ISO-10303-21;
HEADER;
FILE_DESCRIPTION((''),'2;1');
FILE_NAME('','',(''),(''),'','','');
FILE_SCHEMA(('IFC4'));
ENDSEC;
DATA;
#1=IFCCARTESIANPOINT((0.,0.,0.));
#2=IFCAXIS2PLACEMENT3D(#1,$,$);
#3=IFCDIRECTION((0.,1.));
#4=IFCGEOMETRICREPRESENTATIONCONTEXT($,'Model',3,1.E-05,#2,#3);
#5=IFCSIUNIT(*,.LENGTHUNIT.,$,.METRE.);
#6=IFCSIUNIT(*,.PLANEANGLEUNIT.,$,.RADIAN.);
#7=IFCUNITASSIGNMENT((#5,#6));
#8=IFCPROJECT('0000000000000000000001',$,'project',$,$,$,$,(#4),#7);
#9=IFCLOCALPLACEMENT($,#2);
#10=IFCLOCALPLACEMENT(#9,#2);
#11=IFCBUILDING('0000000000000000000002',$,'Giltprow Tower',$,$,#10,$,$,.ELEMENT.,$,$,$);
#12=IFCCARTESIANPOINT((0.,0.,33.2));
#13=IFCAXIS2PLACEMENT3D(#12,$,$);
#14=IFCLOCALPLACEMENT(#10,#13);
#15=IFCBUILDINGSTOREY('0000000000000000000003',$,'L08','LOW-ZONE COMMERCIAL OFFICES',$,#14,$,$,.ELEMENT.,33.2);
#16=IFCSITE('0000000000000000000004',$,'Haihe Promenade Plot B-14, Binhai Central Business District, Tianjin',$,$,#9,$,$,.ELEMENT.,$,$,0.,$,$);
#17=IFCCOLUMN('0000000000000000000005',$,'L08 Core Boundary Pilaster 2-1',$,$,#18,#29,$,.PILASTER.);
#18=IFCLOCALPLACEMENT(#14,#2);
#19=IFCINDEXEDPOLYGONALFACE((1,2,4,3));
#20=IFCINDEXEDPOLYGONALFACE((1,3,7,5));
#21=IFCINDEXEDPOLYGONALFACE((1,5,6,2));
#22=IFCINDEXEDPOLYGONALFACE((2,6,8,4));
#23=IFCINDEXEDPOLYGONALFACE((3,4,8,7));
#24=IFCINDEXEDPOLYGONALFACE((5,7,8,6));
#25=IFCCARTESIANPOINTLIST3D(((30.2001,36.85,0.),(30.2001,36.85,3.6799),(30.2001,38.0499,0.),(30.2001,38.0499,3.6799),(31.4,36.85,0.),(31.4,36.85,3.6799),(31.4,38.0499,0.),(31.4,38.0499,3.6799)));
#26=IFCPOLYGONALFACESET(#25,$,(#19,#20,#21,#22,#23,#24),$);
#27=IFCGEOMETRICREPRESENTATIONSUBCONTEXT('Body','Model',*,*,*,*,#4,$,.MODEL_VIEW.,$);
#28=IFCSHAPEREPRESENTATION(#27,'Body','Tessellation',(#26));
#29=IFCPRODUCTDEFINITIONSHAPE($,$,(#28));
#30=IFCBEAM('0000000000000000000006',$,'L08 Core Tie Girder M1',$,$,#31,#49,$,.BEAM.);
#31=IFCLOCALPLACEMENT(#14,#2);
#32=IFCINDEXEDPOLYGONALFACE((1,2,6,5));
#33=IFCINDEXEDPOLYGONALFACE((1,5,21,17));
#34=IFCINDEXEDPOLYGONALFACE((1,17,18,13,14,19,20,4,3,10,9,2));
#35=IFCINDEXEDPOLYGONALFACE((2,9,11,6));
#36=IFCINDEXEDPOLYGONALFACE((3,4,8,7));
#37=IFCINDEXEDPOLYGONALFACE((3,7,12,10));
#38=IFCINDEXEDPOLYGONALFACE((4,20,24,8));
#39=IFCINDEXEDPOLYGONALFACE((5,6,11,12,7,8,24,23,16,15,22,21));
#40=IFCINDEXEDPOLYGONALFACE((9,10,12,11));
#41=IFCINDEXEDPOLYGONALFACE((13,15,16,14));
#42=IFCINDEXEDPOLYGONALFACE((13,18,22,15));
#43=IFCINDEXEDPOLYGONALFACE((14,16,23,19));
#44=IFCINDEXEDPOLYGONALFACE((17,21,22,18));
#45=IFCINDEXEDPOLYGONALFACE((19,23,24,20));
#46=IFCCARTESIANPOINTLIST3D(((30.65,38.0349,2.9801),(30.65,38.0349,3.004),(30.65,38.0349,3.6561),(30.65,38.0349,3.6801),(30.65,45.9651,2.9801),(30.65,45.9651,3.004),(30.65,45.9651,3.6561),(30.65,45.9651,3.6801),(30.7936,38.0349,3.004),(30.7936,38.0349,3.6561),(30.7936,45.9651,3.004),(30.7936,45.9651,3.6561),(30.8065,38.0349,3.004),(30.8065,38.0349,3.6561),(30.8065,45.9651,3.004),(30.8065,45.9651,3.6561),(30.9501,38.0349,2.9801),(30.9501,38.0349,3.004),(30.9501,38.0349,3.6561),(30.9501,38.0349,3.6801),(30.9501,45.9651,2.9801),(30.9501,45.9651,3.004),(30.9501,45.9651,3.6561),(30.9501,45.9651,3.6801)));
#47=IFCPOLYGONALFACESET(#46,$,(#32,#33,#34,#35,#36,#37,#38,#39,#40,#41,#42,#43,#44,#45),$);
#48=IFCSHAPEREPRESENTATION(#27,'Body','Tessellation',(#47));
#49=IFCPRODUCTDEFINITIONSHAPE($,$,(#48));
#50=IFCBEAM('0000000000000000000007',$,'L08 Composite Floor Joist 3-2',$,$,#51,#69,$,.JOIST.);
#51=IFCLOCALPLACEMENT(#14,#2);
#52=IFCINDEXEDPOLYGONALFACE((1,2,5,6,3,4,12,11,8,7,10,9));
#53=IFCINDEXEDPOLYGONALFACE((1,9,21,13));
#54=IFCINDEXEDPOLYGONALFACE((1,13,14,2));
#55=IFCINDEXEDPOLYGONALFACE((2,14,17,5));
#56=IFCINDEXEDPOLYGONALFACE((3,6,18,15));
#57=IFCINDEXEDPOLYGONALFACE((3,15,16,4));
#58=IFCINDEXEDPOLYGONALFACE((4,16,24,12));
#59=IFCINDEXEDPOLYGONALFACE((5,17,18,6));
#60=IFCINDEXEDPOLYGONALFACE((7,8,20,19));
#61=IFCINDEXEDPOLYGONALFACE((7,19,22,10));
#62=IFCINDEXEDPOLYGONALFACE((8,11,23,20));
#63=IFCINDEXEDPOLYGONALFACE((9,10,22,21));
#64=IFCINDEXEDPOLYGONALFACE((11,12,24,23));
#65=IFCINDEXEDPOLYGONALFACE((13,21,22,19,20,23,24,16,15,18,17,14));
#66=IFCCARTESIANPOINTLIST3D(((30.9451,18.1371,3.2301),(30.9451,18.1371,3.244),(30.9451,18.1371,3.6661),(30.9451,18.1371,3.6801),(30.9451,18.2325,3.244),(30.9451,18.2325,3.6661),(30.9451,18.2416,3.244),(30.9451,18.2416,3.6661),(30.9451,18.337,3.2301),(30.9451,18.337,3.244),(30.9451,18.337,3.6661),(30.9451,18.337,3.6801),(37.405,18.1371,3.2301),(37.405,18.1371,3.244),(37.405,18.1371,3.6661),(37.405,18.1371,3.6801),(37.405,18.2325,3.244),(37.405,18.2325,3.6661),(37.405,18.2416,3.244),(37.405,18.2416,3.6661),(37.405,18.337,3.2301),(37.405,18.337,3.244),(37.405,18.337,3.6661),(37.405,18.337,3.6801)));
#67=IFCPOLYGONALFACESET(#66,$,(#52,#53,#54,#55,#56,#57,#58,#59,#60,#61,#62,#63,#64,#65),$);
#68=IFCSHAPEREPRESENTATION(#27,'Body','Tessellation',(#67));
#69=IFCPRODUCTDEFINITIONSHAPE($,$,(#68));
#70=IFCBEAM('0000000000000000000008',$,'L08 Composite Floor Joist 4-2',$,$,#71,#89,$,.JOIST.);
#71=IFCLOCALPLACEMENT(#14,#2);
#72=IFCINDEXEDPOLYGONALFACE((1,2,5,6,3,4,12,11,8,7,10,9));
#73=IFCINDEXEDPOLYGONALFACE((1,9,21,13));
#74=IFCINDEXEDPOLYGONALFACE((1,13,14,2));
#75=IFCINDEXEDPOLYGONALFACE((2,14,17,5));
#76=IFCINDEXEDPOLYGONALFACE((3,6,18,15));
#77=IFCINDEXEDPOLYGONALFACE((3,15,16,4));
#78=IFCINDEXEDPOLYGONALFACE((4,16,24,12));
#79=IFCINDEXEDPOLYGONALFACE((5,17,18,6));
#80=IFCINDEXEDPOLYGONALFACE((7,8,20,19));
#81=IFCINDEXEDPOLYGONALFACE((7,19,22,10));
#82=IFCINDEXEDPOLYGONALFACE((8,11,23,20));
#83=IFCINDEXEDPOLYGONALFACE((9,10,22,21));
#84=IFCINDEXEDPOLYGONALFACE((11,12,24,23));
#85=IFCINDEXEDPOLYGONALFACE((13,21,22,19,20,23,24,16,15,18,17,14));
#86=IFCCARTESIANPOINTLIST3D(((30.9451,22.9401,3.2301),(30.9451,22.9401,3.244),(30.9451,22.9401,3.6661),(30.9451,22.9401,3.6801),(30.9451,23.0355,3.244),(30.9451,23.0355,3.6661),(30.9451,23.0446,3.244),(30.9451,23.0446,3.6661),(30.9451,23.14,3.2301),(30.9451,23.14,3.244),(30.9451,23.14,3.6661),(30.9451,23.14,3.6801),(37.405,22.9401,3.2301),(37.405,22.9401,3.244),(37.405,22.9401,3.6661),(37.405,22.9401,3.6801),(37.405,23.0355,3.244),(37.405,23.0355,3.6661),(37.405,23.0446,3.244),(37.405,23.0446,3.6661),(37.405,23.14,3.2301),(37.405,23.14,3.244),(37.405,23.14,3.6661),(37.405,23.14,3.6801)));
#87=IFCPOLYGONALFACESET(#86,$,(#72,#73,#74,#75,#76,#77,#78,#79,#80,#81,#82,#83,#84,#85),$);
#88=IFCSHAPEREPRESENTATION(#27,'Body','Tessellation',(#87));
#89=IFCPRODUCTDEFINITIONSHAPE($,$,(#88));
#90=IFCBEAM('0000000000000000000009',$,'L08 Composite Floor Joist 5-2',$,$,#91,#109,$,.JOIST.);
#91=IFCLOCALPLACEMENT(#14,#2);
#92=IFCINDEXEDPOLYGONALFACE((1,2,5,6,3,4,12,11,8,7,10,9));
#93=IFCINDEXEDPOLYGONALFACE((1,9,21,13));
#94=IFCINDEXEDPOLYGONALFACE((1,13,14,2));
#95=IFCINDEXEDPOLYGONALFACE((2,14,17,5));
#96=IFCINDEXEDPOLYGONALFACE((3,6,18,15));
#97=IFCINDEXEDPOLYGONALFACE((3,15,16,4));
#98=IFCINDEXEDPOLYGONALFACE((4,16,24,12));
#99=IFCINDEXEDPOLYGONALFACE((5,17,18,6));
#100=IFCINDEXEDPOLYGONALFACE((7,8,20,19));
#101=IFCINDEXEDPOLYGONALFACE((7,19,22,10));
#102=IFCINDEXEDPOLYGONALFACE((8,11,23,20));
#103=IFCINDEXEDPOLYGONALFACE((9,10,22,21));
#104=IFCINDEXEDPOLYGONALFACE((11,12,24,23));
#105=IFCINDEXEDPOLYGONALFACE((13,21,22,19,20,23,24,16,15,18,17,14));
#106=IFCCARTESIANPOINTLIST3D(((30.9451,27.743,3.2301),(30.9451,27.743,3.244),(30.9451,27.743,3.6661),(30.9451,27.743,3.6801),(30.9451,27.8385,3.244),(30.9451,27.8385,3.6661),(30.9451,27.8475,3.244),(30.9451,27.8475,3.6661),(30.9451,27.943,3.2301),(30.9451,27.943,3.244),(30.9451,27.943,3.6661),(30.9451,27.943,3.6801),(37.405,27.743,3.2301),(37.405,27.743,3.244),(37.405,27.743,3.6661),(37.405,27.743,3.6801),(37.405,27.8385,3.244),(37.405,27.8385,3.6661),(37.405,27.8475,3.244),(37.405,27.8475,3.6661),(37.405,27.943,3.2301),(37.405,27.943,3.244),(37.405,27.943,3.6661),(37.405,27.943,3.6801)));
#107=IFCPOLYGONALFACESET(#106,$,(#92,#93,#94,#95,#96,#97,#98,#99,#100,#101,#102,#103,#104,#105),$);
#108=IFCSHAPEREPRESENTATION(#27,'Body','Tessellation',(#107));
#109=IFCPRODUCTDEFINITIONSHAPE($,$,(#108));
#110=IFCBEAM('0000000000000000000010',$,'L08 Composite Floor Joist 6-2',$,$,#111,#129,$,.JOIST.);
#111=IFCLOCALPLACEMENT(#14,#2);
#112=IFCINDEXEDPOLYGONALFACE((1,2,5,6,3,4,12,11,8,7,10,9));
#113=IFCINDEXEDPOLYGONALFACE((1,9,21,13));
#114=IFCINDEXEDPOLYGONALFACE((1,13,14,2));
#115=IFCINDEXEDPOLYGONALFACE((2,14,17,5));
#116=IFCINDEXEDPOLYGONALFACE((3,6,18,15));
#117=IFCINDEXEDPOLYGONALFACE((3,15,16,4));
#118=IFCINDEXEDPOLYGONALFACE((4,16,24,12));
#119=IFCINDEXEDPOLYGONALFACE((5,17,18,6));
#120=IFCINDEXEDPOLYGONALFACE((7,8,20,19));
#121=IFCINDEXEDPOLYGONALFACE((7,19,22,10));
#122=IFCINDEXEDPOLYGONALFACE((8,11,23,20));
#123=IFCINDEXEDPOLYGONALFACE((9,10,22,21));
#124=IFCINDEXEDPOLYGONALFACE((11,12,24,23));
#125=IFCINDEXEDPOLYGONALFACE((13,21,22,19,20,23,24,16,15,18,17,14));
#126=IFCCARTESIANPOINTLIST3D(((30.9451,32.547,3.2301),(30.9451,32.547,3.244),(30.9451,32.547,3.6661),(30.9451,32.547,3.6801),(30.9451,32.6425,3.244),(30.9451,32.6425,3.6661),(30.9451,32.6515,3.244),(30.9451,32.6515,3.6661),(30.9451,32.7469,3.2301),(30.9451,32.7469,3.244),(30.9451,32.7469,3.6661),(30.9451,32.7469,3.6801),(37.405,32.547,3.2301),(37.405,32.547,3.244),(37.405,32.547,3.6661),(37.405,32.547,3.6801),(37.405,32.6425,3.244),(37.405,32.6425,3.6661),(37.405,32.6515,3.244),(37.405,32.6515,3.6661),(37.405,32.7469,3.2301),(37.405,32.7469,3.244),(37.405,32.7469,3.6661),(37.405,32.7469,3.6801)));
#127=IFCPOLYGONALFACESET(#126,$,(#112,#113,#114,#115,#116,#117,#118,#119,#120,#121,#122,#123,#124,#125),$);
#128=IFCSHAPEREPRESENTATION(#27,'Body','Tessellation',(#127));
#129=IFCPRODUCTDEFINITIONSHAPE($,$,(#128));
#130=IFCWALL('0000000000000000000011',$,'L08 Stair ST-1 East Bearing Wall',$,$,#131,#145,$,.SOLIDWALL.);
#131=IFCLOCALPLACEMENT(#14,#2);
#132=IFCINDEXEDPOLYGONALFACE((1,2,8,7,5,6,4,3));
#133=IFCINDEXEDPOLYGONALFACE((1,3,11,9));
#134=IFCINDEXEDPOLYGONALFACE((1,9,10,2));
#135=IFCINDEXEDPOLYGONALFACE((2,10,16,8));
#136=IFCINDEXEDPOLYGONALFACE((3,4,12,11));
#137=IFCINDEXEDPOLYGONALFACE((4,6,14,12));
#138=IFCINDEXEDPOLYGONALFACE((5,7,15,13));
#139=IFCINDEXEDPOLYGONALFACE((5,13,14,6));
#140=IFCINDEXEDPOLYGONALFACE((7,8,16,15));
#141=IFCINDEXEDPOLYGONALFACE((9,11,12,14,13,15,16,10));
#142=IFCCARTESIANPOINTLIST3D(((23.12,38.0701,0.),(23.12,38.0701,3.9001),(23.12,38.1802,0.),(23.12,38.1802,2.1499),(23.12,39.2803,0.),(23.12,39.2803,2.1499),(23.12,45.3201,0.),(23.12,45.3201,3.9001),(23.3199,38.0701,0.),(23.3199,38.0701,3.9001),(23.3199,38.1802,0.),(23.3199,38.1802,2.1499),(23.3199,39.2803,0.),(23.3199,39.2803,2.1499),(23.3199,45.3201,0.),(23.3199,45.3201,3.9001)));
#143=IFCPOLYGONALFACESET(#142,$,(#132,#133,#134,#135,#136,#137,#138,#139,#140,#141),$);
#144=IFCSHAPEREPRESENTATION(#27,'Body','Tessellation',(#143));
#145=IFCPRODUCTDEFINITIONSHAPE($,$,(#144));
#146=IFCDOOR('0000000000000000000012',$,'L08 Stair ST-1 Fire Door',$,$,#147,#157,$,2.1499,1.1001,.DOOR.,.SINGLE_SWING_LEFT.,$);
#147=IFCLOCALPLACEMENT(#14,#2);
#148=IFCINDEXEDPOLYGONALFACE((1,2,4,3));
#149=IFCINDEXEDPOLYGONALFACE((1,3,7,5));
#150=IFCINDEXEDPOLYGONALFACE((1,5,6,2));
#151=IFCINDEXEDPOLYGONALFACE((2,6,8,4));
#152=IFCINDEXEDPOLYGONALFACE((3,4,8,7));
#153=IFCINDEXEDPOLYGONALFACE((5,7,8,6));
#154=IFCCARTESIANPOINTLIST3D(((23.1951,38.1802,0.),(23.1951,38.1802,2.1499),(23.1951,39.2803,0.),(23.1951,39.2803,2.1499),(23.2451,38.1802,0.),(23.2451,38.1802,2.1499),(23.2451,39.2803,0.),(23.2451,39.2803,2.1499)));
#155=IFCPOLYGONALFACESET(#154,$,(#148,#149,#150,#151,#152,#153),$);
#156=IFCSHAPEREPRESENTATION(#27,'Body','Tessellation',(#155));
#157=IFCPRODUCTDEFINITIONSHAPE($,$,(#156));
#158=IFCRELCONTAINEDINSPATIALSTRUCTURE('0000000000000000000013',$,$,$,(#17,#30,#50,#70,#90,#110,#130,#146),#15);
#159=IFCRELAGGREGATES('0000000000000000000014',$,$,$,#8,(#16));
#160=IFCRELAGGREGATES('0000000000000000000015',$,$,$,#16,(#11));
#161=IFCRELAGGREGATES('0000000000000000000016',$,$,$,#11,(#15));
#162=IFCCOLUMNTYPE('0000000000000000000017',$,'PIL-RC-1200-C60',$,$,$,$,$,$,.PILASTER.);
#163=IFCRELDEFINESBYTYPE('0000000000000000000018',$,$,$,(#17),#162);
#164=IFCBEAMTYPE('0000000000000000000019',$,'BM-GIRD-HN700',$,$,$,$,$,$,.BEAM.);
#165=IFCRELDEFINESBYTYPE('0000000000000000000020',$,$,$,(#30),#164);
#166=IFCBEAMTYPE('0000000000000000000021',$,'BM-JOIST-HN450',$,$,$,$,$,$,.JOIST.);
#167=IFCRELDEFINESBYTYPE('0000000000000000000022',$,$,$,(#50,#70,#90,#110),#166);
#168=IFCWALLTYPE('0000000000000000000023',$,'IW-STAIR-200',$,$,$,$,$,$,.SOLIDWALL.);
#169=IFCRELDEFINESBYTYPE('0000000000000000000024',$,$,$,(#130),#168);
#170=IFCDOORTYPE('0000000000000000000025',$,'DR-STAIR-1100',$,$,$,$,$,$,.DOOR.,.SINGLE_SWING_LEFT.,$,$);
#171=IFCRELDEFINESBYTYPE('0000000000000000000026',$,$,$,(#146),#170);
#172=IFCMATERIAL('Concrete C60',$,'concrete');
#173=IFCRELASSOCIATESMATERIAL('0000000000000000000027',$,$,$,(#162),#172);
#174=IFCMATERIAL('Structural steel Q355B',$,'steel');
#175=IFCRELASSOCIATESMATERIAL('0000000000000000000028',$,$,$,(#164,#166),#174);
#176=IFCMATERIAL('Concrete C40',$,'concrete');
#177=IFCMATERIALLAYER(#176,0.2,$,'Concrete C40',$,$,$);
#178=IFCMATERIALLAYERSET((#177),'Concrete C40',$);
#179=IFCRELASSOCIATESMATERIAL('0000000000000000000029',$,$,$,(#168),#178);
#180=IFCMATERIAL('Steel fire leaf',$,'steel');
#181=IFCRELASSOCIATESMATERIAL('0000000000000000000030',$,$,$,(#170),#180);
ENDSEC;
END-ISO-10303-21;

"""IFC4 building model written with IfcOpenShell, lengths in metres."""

from ifc_helpers import new_model, si_unit, direction, frame, frame_2d, origin, origin_2d, place, context, subcontext, project, spatial, rectangle, i_section, extrude, source, transform, mapped, material, layer, layer_set, material_profile, profile_set, type_object, element, fill, save


model = new_model("IFC4")

# Units and contexts
model_context = context("Model", 3, precision=1e-05, world=origin(), true_north=direction((0.0, 1.0)))
body_context = subcontext(model_context, "Body", "Model", "MODEL_VIEW")
ifc_project = project(units=[si_unit("LENGTHUNIT", "METRE"), si_unit("PLANEANGLEUNIT", "RADIAN")], contexts=[model_context])

# Site, building, storey
site_placement = place(None, origin())
site = spatial("IfcSite", under=ifc_project, at=site_placement, Name="Haihe Promenade Plot B-14, Binhai Central Business District, Tianjin", CompositionType="ELEMENT", RefElevation=0.0)
building_placement = place(site_placement, origin())
building = spatial("IfcBuilding", under=site, at=building_placement, Name="Giltprow Tower", CompositionType="ELEMENT")
storey_placement = place(building_placement, frame((0.0, 0.0, 33.2)))
storey = spatial("IfcBuildingStorey", under=building, at=storey_placement, Name="L08", Description="LOW-ZONE COMMERCIAL OFFICES", CompositionType="ELEMENT", Elevation=33.2)

# Column
ifc_material_1 = material(Name="Concrete C60", Category="concrete")
ifc_material_profile_1 = material_profile(ifc_material_1, rectangle(XDim=1.2, YDim=1.2, at=origin_2d()), Name="RC 1200x1200")
ifc_profile_set_1 = profile_set([ifc_material_profile_1], Name="Concrete C60")
column_type = type_object("IfcColumnType", Name="PIL-RC-1200-C60", PredefinedType="PILASTER", material=ifc_profile_set_1)
shared_shape_1 = source(origin(), body_context, "Body", "SweptSolid", [
    extrude(rectangle(XDim=1.2, YDim=1.2, at=origin_2d()), origin(), (0.0, 0.0, 1.0), 3.6799),
])
column_placement = place(storey_placement, frame((30.8, 37.45, 0.0), z_axis=(0.0, 0.0, 1.0), x_axis=(1.0, 0.0, 0.0)))
element("IfcColumn", 1, at=column_placement, inside=storey, type_object=column_type, Name="L08 Core Boundary Pilaster 2-1", PredefinedType="PILASTER", context=body_context, shape_type="MappedRepresentation", body=[
    mapped(shared_shape_1, transform((0.0, 0.0, 0.0), x_axis=(1.0, 0.0, 0.0), y_axis=(0.0, 1.0, 0.0), z_axis=(0.0, 0.0, 1.0), scale=1.0)),
])

# Beams
ifc_material_2 = material(Name="Structural steel Q355B", Category="steel")
ifc_material_profile_2 = material_profile(ifc_material_2, i_section(OverallWidth=0.3, OverallDepth=0.7, WebThickness=0.0129, FlangeThickness=0.0239, at=origin_2d()), Name="HN 700x300x13x24")
ifc_profile_set_2 = profile_set([ifc_material_profile_2], Name="Structural steel Q355B")
beam_type_1 = type_object("IfcBeamType", Name="BM-GIRD-HN700", PredefinedType="BEAM", material=ifc_profile_set_2)
shared_shape_2 = source(origin(), body_context, "Body", "SweptSolid", [
    extrude(i_section(OverallWidth=0.3, OverallDepth=0.7, WebThickness=0.0129, FlangeThickness=0.0239, at=origin_2d()), origin(), (0.0, 0.0, 1.0), 7.9302),
])
beam_placement = place(storey_placement, frame((30.8, 38.0349, 3.3301), z_axis=(0.0, 1.0, 0.0), x_axis=(-1.0, 0.0, 0.0)))
element("IfcBeam", 2, at=beam_placement, inside=storey, type_object=beam_type_1, Name="L08 Core Tie Girder M1", PredefinedType="BEAM", context=body_context, shape_type="MappedRepresentation", body=[
    mapped(shared_shape_2, transform((0.0, 0.0, 0.0), x_axis=(1.0, 0.0, 0.0), y_axis=(0.0, 1.0, 0.0), z_axis=(0.0, 0.0, 1.0), scale=1.0)),
])
ifc_material_profile_3 = material_profile(ifc_material_2, i_section(OverallWidth=0.2, OverallDepth=0.45, WebThickness=0.009, FlangeThickness=0.0139, at=origin_2d()), Name="HN 450x200x9x14")
ifc_profile_set_3 = profile_set([ifc_material_profile_3], Name="Structural steel Q355B")
beam_type_2 = type_object("IfcBeamType", Name="BM-JOIST-HN450", PredefinedType="JOIST", material=ifc_profile_set_3)
shared_shape_3 = source(origin(), body_context, "Body", "SweptSolid", [
    extrude(i_section(OverallWidth=0.2, OverallDepth=0.45, WebThickness=0.009, FlangeThickness=0.0139, at=origin_2d()), origin(), (0.0, 0.0, 1.0), 6.46),
])
for number, where, z_axis, x_axis, name in (
    (3, (30.9451, 18.2371, 3.4551), (1.0, 0.0, 0.0), (0.0, 1.0, 0.0), "L08 Composite Floor Joist 3-2"),
    (4, (30.9451, 23.04, 3.4551), (1.0, 0.0, 0.0), (0.0, 1.0, 0.0), "L08 Composite Floor Joist 4-2"),
    (5, (30.9451, 27.843, 3.4551), (1.0, 0.0, 0.0), (0.0, 1.0, 0.0), "L08 Composite Floor Joist 5-2"),
    (6, (30.9451, 32.647, 3.4551), (1.0, 0.0, 0.0), (0.0, 1.0, 0.0), "L08 Composite Floor Joist 6-2"),
):
    element("IfcBeam", number, at=place(storey_placement, frame(where, z_axis=z_axis, x_axis=x_axis)), inside=storey, type_object=beam_type_2, Name=name, PredefinedType="JOIST", context=body_context, shape_type="MappedRepresentation", body=[
        mapped(shared_shape_3, transform((0.0, 0.0, 0.0), x_axis=(1.0, 0.0, 0.0), y_axis=(0.0, 1.0, 0.0), z_axis=(0.0, 0.0, 1.0), scale=1.0)),
    ])

# Wall, opening, door
ifc_material_3 = material(Name="Concrete C40", Category="concrete")
ifc_layer_1 = layer(ifc_material_3, 0.2, Name="Concrete C40")
ifc_layer_set_1 = layer_set([ifc_layer_1], Name="Concrete C40")
wall_type_1 = type_object("IfcWallType", Name="IW-STAIR-200", PredefinedType="SOLIDWALL", material=ifc_layer_set_1)
wall_1_placement = place(storey_placement, frame((23.22, 38.0701, 0.0), z_axis=(0.0, 0.0, 1.0), x_axis=(0.0, 1.0, 0.0)))
wall_1 = element("IfcWall", 7, at=wall_1_placement, inside=storey, type_object=wall_type_1, Name="L08 Stair ST-1 East Bearing Wall", PredefinedType="SOLIDWALL", context=body_context, shape_type="SweptSolid", body=[
    extrude(rectangle(XDim=7.25, YDim=0.2, at=frame_2d((3.625, 0.0))), origin(), (0.0, 0.0, 1.0), 3.9001),
])
opening_1_placement = place(wall_1_placement, frame((0.1101, 0.0, 0.0)))
opening_1 = element("IfcOpeningElement", 8, at=opening_1_placement, cuts=wall_1, PredefinedType="OPENING", context=body_context, shape_type="SweptSolid", body=[
    extrude(rectangle(XDim=1.1001, YDim=2.1499, at=frame_2d((0.55, 1.075))), frame((0.0, 0.1099, 0.0), z_axis=(0.0, -1.0, 0.0), x_axis=(1.0, 0.0, 0.0)), (0.0, 0.0, 1.0), 0.22),
])
ifc_material_4 = material(Name="Steel fire leaf", Category="steel")
door_type_1 = type_object("IfcDoorType", Name="DR-STAIR-1100", OperationType="SINGLE_SWING_LEFT", PredefinedType="DOOR", material=ifc_material_4)
shared_shape_4 = source(origin(), body_context, "Body", "SweptSolid", [
    extrude(rectangle(XDim=1.1001, YDim=2.1499, at=frame_2d((0.55, 1.075))), frame((0.0, 0.0249, 0.0), z_axis=(0.0, -1.0, 0.0), x_axis=(1.0, 0.0, 0.0)), (0.0, 0.0, 1.0), 0.05),
])
door_1_placement = place(opening_1_placement, origin())
door_1 = element("IfcDoor", 9, at=door_1_placement, inside=storey, type_object=door_type_1, Name="L08 Stair ST-1 Fire Door", OperationType="SINGLE_SWING_LEFT", OverallHeight=2.1499, OverallWidth=1.1001, PredefinedType="DOOR", context=body_context, shape_type="MappedRepresentation", body=[
    mapped(shared_shape_4, transform((0.0, 0.0, 0.0), x_axis=(1.0, 0.0, 0.0), y_axis=(0.0, 1.0, 0.0), z_axis=(0.0, 0.0, 1.0), scale=1.0)),
])
fill(opening_1, door_1)

save(model, "model.ifc")
